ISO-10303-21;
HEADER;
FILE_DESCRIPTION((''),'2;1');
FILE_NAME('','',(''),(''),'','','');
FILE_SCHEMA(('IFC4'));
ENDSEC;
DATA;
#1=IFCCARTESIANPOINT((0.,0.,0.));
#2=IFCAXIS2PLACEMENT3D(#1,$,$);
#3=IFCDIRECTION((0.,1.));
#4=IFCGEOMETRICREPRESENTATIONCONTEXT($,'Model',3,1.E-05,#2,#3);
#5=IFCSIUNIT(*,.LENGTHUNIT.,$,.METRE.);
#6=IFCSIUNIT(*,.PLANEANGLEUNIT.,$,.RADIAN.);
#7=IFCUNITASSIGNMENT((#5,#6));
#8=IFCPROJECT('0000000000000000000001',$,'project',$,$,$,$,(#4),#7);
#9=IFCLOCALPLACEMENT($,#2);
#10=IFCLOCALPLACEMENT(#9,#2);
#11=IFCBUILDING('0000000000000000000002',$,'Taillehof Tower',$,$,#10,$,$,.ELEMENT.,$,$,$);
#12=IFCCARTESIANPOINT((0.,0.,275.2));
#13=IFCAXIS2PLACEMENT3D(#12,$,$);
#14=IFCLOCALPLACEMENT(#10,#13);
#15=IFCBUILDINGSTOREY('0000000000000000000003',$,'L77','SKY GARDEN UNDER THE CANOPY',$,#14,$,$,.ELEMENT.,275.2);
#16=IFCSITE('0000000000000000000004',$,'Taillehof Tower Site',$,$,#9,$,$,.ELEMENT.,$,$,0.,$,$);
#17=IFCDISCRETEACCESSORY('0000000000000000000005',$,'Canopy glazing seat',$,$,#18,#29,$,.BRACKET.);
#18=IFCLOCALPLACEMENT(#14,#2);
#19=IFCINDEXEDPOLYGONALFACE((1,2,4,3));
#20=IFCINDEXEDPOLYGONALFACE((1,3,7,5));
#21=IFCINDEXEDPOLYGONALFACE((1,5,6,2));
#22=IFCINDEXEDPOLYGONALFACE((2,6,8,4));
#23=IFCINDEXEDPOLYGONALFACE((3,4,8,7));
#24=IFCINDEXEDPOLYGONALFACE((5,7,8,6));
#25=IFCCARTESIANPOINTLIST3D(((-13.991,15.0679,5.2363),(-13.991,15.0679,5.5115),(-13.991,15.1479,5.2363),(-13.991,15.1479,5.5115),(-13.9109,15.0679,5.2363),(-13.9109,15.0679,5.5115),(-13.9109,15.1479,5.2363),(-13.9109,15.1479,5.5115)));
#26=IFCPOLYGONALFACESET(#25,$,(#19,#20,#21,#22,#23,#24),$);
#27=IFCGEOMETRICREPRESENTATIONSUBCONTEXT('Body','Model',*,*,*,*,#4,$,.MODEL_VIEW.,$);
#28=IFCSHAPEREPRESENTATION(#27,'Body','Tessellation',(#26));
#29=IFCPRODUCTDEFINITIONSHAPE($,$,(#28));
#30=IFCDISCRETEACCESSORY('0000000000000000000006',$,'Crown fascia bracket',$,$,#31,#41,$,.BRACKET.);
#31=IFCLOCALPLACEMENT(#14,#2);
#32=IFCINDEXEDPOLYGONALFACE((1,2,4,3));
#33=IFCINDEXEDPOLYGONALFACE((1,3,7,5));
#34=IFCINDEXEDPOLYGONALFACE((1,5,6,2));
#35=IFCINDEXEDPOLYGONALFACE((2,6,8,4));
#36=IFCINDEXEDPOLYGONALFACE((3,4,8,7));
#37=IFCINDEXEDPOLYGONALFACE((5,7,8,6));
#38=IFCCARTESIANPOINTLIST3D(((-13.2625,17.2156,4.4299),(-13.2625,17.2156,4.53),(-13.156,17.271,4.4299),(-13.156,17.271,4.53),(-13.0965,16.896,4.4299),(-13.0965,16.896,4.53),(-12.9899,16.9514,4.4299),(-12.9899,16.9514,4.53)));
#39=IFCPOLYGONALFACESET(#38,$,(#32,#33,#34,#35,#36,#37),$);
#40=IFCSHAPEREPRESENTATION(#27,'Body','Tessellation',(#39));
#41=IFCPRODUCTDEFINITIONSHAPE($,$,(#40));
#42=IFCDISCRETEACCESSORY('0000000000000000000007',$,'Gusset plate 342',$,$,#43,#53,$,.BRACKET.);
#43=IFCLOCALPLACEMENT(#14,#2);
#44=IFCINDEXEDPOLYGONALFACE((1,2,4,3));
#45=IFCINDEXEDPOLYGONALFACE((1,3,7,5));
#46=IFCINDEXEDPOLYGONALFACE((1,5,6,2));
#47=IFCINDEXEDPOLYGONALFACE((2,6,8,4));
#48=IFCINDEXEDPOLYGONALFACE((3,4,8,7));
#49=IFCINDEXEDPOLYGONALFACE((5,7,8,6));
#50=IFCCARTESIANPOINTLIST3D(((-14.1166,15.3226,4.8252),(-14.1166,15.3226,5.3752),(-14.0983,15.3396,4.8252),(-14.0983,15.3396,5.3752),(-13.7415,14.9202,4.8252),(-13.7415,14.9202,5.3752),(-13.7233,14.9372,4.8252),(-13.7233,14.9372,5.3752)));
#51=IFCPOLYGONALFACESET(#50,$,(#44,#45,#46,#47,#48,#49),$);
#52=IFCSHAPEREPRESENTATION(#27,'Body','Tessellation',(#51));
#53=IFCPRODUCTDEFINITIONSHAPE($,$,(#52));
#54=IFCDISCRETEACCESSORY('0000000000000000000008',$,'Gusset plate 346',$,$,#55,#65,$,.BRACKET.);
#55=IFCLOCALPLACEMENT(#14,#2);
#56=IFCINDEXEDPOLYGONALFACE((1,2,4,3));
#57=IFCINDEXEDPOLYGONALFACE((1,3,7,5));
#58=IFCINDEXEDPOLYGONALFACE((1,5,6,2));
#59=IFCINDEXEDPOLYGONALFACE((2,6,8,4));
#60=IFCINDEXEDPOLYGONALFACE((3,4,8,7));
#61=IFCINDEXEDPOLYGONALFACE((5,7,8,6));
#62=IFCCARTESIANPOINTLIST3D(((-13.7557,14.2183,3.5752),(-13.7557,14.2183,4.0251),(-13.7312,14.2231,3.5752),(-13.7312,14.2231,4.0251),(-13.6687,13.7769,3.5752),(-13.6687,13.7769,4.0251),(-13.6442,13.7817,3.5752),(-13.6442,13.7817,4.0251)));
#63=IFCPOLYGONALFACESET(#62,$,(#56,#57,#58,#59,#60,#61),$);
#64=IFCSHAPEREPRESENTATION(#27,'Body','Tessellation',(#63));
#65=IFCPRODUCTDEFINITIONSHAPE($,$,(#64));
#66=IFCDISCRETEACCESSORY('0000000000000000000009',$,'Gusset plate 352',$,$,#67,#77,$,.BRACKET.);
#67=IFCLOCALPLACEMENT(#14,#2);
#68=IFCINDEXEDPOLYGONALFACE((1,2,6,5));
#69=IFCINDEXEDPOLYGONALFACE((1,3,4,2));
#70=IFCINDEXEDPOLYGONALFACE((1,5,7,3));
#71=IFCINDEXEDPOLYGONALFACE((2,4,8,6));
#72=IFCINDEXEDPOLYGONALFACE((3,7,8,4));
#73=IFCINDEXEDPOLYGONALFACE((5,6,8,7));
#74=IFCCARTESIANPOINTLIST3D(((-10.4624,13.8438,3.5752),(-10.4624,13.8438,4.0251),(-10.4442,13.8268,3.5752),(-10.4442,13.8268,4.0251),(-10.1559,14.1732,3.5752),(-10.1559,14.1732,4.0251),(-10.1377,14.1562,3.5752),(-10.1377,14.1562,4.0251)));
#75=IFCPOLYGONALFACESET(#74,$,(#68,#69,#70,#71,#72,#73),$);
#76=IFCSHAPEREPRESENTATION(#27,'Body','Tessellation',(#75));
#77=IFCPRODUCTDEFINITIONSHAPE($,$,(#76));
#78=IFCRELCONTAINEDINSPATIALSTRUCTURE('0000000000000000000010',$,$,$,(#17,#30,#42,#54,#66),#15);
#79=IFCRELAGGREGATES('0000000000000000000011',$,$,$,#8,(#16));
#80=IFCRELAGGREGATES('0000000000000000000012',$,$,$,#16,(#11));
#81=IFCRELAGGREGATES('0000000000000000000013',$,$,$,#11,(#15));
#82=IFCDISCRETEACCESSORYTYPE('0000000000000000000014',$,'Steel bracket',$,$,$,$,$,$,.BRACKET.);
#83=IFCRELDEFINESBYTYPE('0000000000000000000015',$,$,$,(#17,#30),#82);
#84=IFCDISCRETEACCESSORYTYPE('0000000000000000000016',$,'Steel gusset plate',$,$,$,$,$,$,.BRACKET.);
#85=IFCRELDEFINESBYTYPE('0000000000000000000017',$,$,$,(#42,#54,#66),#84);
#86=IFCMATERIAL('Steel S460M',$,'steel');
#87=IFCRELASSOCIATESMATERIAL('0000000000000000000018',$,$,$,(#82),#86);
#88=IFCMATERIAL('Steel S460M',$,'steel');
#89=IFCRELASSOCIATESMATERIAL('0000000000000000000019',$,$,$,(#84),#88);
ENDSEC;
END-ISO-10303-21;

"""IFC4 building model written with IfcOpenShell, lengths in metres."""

from ifc_helpers import new_model, si_unit, direction, frame, origin, origin_2d, place, context, subcontext, project, spatial, rectangle, extrude, material, type_object, element, save


model = new_model("IFC4")

# Units and contexts
model_context = context("Model", 3, precision=1e-05, world=origin(), true_north=direction((0.0, 1.0)))
body_context = subcontext(model_context, "Body", "Model", "MODEL_VIEW")
ifc_project = project(units=[si_unit("LENGTHUNIT", "METRE"), si_unit("PLANEANGLEUNIT", "RADIAN")], contexts=[model_context])

# Site, building, storey
site_placement = place(None, origin())
site = spatial("IfcSite", under=ifc_project, at=site_placement, Name="Taillehof Tower Site", CompositionType="ELEMENT", RefElevation=0.0)
building_placement = place(site_placement, origin())
building = spatial("IfcBuilding", under=site, at=building_placement, Name="Taillehof Tower", CompositionType="ELEMENT")
storey_placement = place(building_placement, frame((0.0, 0.0, 275.2)))
storey = spatial("IfcBuildingStorey", under=building, at=storey_placement, Name="L77", Description="SKY GARDEN UNDER THE CANOPY", CompositionType="ELEMENT", Elevation=275.2)

# Discrete accessories
ifc_material_1 = material(Name="Steel S460M", Category="steel")
discrete_accessory_type_1 = type_object("IfcDiscreteAccessoryType", Name="Steel bracket", PredefinedType="BRACKET", material=ifc_material_1)
discrete_accessory_1_placement = place(storey_placement, frame((-13.9509, 15.1079, 5.2363), z_axis=(0.0, 0.0, 1.0), x_axis=(1.0, 0.0, 0.0)))
element("IfcDiscreteAccessory", 1, at=discrete_accessory_1_placement, inside=storey, type_object=discrete_accessory_type_1, Name="Canopy glazing seat", PredefinedType="BRACKET", context=body_context, shape_type="SweptSolid", body=[
    extrude(rectangle(XDim=0.0801, YDim=0.0801, at=origin_2d()), origin(), (0.0, 0.0, 1.0), 0.2751),
])
discrete_accessory_2_placement = place(storey_placement, frame((-13.1262, 17.0835, 4.4299), z_axis=(0.0, 0.0, 1.0), x_axis=(-0.461145, 0.887325, 0.0)))
element("IfcDiscreteAccessory", 2, at=discrete_accessory_2_placement, inside=storey, type_object=discrete_accessory_type_1, Name="Crown fascia bracket", PredefinedType="BRACKET", context=body_context, shape_type="SweptSolid", body=[
    extrude(rectangle(XDim=0.3601, YDim=0.1201, at=origin_2d()), origin(), (0.0, 0.0, 1.0), 0.1001),
])
ifc_material_2 = material(Name="Steel S460M", Category="steel")
discrete_accessory_type_2 = type_object("IfcDiscreteAccessoryType", Name="Steel gusset plate", PredefinedType="BRACKET", material=ifc_material_2)
discrete_accessory_3_placement = place(storey_placement, frame((-13.9199, 15.1299, 4.8252), z_axis=(0.0, 0.0, 1.0), x_axis=(0.681845, -0.731497, 0.0)))
element("IfcDiscreteAccessory", 3, at=discrete_accessory_3_placement, inside=storey, type_object=discrete_accessory_type_2, Name="Gusset plate 342", PredefinedType="BRACKET", context=body_context, shape_type="SweptSolid", body=[
    extrude(rectangle(XDim=0.55, YDim=0.0249, at=origin_2d()), origin(), (0.0, 0.0, 1.0), 0.55),
])
for number, where, z_axis, x_axis, name in (
    (4, (-13.7, 14.0, 3.5752), (0.0, 0.0, 1.0), (0.193414, -0.981117, 0.0), "Gusset plate 346"),
    (5, (-10.3, 14.0, 3.5752), (0.0, 0.0, 1.0), (-0.681136, -0.732157, 0.0), "Gusset plate 352"),
):
    element("IfcDiscreteAccessory", number, at=place(storey_placement, frame(where, z_axis=z_axis, x_axis=x_axis)), inside=storey, type_object=discrete_accessory_type_2, Name=name, PredefinedType="BRACKET", context=body_context, shape_type="SweptSolid", body=[
        extrude(rectangle(XDim=0.45, YDim=0.0249, at=origin_2d()), origin(), (0.0, 0.0, 1.0), 0.45),
    ])

save(model, "model.ifc")
